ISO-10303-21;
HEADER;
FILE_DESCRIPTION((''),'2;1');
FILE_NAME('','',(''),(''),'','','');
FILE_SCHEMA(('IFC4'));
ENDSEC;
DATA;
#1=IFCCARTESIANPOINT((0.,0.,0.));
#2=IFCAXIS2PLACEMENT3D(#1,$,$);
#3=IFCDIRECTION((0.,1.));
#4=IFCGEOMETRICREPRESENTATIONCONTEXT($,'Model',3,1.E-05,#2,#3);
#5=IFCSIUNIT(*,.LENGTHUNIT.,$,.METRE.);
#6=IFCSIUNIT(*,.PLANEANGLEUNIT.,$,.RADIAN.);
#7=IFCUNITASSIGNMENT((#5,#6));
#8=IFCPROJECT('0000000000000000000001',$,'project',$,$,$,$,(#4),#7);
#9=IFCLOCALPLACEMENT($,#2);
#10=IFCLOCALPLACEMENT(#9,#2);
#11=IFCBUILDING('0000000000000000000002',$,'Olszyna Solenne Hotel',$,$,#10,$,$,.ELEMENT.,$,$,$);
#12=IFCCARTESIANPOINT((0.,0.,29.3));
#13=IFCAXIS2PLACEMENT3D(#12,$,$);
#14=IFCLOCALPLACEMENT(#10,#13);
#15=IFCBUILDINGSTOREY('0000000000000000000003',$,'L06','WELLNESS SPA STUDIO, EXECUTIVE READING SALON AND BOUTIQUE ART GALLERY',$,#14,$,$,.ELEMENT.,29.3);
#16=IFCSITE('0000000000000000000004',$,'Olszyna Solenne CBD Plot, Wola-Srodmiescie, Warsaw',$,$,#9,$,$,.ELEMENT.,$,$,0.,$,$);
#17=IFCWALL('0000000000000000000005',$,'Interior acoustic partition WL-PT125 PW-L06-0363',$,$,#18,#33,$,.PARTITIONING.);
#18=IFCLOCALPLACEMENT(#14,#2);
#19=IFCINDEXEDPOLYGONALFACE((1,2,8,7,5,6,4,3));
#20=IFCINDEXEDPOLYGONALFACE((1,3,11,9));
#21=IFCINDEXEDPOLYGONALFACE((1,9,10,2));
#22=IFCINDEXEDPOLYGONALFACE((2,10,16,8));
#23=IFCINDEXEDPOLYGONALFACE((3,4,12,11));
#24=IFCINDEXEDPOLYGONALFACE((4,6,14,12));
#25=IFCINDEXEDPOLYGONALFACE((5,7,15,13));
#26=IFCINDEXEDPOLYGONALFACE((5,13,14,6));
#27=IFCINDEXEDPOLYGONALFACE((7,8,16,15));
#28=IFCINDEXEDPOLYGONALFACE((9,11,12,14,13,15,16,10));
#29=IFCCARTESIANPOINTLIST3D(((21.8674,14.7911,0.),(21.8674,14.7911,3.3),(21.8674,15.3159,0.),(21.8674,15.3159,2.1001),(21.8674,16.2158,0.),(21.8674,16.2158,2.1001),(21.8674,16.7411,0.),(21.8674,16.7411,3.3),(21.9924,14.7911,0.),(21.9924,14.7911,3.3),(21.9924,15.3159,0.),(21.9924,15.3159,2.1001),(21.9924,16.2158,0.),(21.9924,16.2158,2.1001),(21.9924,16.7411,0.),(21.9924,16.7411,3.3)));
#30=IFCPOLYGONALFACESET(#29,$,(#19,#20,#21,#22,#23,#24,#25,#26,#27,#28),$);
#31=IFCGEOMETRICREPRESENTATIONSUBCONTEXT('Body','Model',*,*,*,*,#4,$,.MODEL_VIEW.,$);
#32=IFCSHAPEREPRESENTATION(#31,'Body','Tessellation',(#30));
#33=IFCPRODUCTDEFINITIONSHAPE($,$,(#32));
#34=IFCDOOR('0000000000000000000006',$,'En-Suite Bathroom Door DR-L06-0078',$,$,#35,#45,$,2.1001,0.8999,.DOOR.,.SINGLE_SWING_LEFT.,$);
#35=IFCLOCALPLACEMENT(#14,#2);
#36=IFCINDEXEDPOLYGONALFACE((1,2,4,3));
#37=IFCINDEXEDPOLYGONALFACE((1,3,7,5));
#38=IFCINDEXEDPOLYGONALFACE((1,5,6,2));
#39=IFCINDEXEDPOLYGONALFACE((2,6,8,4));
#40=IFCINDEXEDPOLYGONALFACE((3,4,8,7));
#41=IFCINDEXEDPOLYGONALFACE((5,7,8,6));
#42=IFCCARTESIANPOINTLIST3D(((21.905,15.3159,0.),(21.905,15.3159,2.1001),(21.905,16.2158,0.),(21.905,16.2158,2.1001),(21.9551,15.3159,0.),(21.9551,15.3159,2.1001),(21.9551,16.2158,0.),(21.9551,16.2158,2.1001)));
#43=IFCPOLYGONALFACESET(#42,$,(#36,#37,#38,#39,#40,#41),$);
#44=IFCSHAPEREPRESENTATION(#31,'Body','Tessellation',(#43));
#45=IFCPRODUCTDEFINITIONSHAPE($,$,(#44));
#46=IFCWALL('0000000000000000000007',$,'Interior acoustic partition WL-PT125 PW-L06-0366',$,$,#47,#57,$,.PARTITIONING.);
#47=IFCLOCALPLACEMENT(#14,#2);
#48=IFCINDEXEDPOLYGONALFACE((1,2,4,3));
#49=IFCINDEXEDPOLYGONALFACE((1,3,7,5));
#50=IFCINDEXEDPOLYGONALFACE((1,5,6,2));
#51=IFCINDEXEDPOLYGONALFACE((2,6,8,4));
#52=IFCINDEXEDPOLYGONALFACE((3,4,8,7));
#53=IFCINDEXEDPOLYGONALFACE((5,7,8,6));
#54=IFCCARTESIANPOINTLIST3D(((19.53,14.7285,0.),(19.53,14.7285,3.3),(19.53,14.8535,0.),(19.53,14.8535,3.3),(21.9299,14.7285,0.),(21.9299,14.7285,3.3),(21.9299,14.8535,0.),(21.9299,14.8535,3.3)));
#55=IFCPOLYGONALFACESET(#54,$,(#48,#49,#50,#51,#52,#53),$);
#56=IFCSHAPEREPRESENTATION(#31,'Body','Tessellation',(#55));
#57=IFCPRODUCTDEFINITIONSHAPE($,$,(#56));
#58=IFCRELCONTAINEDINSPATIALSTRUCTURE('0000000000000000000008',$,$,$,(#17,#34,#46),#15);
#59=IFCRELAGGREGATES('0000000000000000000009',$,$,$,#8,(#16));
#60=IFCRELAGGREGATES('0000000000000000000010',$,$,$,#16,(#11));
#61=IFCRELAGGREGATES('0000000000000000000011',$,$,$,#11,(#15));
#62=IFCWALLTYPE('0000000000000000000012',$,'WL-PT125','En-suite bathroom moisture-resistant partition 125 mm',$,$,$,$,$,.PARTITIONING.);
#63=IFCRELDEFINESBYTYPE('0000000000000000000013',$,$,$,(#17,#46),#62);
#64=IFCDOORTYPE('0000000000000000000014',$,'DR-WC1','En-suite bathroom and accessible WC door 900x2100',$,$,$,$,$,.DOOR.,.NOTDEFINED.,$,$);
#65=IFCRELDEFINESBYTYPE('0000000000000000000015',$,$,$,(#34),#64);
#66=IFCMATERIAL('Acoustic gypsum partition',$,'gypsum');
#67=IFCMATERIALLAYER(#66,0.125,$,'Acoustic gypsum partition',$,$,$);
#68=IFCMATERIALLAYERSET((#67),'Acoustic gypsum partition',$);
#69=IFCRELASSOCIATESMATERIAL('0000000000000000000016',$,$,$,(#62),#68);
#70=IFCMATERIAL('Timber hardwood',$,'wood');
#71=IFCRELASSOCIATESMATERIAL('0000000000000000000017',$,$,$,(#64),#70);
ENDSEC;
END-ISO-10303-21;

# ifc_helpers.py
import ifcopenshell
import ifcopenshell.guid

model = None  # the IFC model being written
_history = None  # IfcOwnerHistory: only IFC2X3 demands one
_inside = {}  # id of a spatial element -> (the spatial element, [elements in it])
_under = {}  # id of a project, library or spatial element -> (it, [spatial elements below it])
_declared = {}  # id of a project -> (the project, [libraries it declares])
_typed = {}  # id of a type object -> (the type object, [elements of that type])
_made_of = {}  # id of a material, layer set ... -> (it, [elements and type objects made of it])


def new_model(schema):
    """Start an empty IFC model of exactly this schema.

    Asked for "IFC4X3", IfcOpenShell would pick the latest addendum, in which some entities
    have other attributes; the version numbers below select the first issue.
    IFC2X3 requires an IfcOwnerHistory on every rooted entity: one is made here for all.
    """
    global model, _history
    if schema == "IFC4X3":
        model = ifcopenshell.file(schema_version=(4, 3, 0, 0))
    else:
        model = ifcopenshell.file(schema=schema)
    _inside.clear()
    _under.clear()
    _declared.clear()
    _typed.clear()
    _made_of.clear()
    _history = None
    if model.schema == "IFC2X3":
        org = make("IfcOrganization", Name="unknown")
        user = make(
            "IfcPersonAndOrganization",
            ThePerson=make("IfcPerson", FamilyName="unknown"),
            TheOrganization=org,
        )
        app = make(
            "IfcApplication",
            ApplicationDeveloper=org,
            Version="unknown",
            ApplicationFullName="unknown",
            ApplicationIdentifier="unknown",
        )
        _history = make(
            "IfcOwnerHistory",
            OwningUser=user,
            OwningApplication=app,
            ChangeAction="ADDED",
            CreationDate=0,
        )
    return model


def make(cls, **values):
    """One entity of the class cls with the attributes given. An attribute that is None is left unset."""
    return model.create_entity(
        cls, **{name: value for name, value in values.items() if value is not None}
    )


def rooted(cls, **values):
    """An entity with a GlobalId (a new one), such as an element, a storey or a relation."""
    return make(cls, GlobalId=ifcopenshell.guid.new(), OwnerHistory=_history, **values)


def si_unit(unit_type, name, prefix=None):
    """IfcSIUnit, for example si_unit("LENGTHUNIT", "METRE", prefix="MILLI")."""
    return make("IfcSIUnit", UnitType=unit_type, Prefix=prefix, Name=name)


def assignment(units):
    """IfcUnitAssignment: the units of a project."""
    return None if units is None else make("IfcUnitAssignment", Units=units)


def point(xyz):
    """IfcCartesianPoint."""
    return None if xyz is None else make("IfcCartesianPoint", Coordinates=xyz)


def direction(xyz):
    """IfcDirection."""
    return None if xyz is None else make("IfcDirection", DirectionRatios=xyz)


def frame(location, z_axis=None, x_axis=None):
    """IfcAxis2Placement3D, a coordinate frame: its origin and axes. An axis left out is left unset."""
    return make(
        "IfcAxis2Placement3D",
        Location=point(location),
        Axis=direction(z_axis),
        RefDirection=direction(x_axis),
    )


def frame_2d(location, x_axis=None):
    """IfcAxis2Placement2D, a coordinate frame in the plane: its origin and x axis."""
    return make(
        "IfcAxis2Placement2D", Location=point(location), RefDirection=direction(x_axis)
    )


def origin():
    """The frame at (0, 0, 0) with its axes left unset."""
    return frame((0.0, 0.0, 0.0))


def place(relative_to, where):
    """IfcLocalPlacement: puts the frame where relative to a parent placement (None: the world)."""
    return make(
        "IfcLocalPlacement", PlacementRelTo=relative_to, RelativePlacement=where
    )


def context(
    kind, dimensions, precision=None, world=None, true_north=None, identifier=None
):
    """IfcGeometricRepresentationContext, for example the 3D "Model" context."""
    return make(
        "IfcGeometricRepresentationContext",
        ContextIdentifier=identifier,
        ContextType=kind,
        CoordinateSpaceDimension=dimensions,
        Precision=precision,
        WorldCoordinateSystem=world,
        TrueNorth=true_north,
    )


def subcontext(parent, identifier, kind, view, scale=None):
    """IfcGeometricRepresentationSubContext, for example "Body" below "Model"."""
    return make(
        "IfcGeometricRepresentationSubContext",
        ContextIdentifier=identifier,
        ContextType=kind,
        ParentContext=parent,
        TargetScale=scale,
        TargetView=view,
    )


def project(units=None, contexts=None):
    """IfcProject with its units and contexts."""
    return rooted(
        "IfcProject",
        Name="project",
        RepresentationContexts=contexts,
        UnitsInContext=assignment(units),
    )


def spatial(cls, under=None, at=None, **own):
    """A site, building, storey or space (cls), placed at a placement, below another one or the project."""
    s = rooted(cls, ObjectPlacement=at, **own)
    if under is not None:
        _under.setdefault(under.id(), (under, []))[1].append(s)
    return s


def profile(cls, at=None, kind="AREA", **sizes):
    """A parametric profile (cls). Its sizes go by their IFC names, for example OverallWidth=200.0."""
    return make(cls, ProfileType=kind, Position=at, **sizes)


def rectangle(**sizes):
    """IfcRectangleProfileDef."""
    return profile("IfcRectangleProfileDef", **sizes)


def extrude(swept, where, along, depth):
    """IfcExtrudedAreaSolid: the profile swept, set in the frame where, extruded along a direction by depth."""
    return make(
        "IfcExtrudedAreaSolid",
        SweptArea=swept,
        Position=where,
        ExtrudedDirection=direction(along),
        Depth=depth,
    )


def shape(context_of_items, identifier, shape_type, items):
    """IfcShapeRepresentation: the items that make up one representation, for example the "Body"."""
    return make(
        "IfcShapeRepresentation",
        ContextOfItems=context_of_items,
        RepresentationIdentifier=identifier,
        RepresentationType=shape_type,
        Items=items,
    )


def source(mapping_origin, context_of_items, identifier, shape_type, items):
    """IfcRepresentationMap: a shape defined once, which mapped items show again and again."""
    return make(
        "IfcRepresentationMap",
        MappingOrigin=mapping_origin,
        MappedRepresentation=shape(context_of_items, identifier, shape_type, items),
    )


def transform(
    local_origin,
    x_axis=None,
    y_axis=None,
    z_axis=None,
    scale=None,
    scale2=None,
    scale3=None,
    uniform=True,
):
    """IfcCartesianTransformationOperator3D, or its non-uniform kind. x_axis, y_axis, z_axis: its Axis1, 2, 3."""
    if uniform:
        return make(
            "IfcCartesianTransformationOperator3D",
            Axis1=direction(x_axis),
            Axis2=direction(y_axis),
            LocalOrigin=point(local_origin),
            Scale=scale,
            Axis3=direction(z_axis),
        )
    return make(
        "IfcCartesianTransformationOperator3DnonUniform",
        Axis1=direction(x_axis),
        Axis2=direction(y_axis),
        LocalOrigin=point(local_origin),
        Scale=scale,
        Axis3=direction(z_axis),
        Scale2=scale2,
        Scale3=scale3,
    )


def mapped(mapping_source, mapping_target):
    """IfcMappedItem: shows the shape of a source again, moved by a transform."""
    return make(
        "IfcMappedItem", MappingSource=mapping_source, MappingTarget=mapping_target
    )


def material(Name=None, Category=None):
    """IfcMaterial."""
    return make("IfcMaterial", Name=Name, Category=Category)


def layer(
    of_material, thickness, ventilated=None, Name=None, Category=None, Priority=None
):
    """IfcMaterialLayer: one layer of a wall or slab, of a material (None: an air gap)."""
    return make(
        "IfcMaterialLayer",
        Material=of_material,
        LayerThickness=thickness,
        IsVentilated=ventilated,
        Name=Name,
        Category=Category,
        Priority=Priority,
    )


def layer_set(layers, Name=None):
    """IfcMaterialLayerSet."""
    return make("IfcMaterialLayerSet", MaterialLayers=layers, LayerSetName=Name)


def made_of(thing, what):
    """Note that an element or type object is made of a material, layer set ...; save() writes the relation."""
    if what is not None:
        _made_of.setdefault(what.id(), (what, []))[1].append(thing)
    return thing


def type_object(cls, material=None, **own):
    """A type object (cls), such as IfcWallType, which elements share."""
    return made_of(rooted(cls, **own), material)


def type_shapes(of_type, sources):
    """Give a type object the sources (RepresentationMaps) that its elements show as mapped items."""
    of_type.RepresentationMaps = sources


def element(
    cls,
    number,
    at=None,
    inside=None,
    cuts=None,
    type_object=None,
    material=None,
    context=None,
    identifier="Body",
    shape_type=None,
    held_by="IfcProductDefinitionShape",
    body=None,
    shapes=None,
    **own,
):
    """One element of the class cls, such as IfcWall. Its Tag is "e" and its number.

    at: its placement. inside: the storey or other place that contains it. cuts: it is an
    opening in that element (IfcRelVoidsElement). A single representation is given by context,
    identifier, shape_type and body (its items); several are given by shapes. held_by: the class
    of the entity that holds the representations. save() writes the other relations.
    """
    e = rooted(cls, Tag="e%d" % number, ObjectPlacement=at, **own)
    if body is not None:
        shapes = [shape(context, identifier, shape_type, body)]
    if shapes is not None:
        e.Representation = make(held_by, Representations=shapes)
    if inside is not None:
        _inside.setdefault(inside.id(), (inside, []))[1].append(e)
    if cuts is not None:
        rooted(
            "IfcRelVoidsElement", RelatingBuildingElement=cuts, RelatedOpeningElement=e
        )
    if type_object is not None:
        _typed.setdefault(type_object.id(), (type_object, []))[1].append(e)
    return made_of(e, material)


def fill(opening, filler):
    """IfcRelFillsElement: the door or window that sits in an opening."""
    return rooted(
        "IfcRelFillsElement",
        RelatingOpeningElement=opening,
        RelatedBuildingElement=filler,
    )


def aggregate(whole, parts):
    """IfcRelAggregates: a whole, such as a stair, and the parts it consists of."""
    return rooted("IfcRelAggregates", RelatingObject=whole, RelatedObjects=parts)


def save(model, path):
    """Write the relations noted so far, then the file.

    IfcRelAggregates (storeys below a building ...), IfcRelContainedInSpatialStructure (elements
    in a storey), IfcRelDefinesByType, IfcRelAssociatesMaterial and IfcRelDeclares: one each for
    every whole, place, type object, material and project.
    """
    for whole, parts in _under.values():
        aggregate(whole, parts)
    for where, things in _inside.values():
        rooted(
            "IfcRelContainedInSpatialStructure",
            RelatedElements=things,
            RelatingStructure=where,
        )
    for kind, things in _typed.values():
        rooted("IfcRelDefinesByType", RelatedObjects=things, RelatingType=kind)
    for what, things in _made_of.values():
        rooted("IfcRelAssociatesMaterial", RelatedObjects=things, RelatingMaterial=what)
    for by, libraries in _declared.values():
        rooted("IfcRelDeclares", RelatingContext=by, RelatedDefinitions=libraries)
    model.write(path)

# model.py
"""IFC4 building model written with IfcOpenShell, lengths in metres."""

from ifc_helpers import new_model, si_unit, direction, frame, frame_2d, origin, place, context, subcontext, project, spatial, rectangle, extrude, source, transform, mapped, material, layer, layer_set, type_object, type_shapes, element, fill, save


model = new_model("IFC4")

# Units and contexts
model_context = context("Model", 3, precision=1e-05, world=origin(), true_north=direction((0.0, 1.0)))
body_context = subcontext(model_context, "Body", "Model", "MODEL_VIEW")
ifc_project = project(units=[si_unit("LENGTHUNIT", "METRE"), si_unit("PLANEANGLEUNIT", "RADIAN")], contexts=[model_context])

# Site, building, storey
site_placement = place(None, origin())
site = spatial("IfcSite", under=ifc_project, at=site_placement, Name="Olszyna Solenne CBD Plot, Wola-Srodmiescie, Warsaw", CompositionType="ELEMENT", RefElevation=0.0)
building_placement = place(site_placement, origin())
building = spatial("IfcBuilding", under=site, at=building_placement, Name="Olszyna Solenne Hotel", CompositionType="ELEMENT")
storey_placement = place(building_placement, frame((0.0, 0.0, 29.3)))
storey = spatial("IfcBuildingStorey", under=building, at=storey_placement, Name="L06", Description="WELLNESS SPA STUDIO, EXECUTIVE READING SALON AND BOUTIQUE ART GALLERY", CompositionType="ELEMENT", Elevation=29.3)

# Wall, opening, door
ifc_material_1 = material(Name="Acoustic gypsum partition", Category="gypsum")
ifc_layer_1 = layer(ifc_material_1, 0.125, Name="Acoustic gypsum partition")
ifc_layer_set_1 = layer_set([ifc_layer_1], Name="Acoustic gypsum partition")
wall_type_1 = type_object("IfcWallType", Name="WL-PT125", Description="En-suite bathroom moisture-resistant partition 125 mm", PredefinedType="PARTITIONING", material=ifc_layer_set_1)
wall_1_placement = place(storey_placement, frame((21.9299, 14.791, 0.0), z_axis=(0.0, 0.0, 1.0), x_axis=(0.0, 1.0, 0.0)))
wall_1 = element("IfcWall", 1, at=wall_1_placement, inside=storey, type_object=wall_type_1, Name="Interior acoustic partition WL-PT125 PW-L06-0363", PredefinedType="PARTITIONING", context=body_context, shape_type="SweptSolid", body=[
    extrude(rectangle(XDim=1.95, YDim=0.125, at=frame_2d((0.9751, 0.0))), origin(), (0.0, 0.0, 1.0), 3.3),
])
opening_placement = place(wall_1_placement, frame((0.5249, 0.0, 0.0)))
opening = element("IfcOpeningElement", 2, at=opening_placement, cuts=wall_1, PredefinedType="OPENING", context=body_context, shape_type="SweptSolid", body=[
    extrude(rectangle(XDim=0.8999, YDim=2.1001, at=frame_2d((0.45, 1.05))), frame((0.0, 0.0725, 0.0), z_axis=(0.0, -1.0, 0.0), x_axis=(1.0, 0.0, 0.0)), (0.0, 0.0, 1.0), 0.145),
])
ifc_material_2 = material(Name="Timber hardwood", Category="wood")
door_type = type_object("IfcDoorType", Name="DR-WC1", Description="En-suite bathroom and accessible WC door 900x2100", OperationType="NOTDEFINED", PredefinedType="DOOR", material=ifc_material_2)
shared_shape_1 = source(origin(), body_context, "Body", "SweptSolid", [
    extrude(rectangle(XDim=0.8999, YDim=2.1001, at=frame_2d((0.45, 1.05))), frame((0.0, 0.0249, 0.0), z_axis=(0.0, -1.0, 0.0), x_axis=(1.0, 0.0, 0.0)), (0.0, 0.0, 1.0), 0.05),
])
type_shapes(door_type, [shared_shape_1])
door_placement = place(opening_placement, origin())
door = element("IfcDoor", 3, at=door_placement, inside=storey, type_object=door_type, Name="En-Suite Bathroom Door DR-L06-0078", OperationType="SINGLE_SWING_LEFT", OverallHeight=2.1001, OverallWidth=0.8999, PredefinedType="DOOR", context=body_context, shape_type="MappedRepresentation", body=[
    mapped(shared_shape_1, transform((0.0, 0.0, 0.0), x_axis=(1.0, 0.0, 0.0), y_axis=(0.0, 1.0, 0.0), z_axis=(0.0, 0.0, 1.0), scale=1.0)),
])
fill(opening, door)

# Wall
wall_2_placement = place(storey_placement, frame((19.53, 14.791, 0.0), z_axis=(0.0, 0.0, 1.0), x_axis=(1.0, 0.0, 0.0)))
element("IfcWall", 4, at=wall_2_placement, inside=storey, type_object=wall_type_1, Name="Interior acoustic partition WL-PT125 PW-L06-0366", PredefinedType="PARTITIONING", context=body_context, shape_type="SweptSolid", body=[
    extrude(rectangle(XDim=2.3999, YDim=0.125, at=frame_2d((1.2, 0.0))), origin(), (0.0, 0.0, 1.0), 3.3),
])

save(model, "model.ifc")
